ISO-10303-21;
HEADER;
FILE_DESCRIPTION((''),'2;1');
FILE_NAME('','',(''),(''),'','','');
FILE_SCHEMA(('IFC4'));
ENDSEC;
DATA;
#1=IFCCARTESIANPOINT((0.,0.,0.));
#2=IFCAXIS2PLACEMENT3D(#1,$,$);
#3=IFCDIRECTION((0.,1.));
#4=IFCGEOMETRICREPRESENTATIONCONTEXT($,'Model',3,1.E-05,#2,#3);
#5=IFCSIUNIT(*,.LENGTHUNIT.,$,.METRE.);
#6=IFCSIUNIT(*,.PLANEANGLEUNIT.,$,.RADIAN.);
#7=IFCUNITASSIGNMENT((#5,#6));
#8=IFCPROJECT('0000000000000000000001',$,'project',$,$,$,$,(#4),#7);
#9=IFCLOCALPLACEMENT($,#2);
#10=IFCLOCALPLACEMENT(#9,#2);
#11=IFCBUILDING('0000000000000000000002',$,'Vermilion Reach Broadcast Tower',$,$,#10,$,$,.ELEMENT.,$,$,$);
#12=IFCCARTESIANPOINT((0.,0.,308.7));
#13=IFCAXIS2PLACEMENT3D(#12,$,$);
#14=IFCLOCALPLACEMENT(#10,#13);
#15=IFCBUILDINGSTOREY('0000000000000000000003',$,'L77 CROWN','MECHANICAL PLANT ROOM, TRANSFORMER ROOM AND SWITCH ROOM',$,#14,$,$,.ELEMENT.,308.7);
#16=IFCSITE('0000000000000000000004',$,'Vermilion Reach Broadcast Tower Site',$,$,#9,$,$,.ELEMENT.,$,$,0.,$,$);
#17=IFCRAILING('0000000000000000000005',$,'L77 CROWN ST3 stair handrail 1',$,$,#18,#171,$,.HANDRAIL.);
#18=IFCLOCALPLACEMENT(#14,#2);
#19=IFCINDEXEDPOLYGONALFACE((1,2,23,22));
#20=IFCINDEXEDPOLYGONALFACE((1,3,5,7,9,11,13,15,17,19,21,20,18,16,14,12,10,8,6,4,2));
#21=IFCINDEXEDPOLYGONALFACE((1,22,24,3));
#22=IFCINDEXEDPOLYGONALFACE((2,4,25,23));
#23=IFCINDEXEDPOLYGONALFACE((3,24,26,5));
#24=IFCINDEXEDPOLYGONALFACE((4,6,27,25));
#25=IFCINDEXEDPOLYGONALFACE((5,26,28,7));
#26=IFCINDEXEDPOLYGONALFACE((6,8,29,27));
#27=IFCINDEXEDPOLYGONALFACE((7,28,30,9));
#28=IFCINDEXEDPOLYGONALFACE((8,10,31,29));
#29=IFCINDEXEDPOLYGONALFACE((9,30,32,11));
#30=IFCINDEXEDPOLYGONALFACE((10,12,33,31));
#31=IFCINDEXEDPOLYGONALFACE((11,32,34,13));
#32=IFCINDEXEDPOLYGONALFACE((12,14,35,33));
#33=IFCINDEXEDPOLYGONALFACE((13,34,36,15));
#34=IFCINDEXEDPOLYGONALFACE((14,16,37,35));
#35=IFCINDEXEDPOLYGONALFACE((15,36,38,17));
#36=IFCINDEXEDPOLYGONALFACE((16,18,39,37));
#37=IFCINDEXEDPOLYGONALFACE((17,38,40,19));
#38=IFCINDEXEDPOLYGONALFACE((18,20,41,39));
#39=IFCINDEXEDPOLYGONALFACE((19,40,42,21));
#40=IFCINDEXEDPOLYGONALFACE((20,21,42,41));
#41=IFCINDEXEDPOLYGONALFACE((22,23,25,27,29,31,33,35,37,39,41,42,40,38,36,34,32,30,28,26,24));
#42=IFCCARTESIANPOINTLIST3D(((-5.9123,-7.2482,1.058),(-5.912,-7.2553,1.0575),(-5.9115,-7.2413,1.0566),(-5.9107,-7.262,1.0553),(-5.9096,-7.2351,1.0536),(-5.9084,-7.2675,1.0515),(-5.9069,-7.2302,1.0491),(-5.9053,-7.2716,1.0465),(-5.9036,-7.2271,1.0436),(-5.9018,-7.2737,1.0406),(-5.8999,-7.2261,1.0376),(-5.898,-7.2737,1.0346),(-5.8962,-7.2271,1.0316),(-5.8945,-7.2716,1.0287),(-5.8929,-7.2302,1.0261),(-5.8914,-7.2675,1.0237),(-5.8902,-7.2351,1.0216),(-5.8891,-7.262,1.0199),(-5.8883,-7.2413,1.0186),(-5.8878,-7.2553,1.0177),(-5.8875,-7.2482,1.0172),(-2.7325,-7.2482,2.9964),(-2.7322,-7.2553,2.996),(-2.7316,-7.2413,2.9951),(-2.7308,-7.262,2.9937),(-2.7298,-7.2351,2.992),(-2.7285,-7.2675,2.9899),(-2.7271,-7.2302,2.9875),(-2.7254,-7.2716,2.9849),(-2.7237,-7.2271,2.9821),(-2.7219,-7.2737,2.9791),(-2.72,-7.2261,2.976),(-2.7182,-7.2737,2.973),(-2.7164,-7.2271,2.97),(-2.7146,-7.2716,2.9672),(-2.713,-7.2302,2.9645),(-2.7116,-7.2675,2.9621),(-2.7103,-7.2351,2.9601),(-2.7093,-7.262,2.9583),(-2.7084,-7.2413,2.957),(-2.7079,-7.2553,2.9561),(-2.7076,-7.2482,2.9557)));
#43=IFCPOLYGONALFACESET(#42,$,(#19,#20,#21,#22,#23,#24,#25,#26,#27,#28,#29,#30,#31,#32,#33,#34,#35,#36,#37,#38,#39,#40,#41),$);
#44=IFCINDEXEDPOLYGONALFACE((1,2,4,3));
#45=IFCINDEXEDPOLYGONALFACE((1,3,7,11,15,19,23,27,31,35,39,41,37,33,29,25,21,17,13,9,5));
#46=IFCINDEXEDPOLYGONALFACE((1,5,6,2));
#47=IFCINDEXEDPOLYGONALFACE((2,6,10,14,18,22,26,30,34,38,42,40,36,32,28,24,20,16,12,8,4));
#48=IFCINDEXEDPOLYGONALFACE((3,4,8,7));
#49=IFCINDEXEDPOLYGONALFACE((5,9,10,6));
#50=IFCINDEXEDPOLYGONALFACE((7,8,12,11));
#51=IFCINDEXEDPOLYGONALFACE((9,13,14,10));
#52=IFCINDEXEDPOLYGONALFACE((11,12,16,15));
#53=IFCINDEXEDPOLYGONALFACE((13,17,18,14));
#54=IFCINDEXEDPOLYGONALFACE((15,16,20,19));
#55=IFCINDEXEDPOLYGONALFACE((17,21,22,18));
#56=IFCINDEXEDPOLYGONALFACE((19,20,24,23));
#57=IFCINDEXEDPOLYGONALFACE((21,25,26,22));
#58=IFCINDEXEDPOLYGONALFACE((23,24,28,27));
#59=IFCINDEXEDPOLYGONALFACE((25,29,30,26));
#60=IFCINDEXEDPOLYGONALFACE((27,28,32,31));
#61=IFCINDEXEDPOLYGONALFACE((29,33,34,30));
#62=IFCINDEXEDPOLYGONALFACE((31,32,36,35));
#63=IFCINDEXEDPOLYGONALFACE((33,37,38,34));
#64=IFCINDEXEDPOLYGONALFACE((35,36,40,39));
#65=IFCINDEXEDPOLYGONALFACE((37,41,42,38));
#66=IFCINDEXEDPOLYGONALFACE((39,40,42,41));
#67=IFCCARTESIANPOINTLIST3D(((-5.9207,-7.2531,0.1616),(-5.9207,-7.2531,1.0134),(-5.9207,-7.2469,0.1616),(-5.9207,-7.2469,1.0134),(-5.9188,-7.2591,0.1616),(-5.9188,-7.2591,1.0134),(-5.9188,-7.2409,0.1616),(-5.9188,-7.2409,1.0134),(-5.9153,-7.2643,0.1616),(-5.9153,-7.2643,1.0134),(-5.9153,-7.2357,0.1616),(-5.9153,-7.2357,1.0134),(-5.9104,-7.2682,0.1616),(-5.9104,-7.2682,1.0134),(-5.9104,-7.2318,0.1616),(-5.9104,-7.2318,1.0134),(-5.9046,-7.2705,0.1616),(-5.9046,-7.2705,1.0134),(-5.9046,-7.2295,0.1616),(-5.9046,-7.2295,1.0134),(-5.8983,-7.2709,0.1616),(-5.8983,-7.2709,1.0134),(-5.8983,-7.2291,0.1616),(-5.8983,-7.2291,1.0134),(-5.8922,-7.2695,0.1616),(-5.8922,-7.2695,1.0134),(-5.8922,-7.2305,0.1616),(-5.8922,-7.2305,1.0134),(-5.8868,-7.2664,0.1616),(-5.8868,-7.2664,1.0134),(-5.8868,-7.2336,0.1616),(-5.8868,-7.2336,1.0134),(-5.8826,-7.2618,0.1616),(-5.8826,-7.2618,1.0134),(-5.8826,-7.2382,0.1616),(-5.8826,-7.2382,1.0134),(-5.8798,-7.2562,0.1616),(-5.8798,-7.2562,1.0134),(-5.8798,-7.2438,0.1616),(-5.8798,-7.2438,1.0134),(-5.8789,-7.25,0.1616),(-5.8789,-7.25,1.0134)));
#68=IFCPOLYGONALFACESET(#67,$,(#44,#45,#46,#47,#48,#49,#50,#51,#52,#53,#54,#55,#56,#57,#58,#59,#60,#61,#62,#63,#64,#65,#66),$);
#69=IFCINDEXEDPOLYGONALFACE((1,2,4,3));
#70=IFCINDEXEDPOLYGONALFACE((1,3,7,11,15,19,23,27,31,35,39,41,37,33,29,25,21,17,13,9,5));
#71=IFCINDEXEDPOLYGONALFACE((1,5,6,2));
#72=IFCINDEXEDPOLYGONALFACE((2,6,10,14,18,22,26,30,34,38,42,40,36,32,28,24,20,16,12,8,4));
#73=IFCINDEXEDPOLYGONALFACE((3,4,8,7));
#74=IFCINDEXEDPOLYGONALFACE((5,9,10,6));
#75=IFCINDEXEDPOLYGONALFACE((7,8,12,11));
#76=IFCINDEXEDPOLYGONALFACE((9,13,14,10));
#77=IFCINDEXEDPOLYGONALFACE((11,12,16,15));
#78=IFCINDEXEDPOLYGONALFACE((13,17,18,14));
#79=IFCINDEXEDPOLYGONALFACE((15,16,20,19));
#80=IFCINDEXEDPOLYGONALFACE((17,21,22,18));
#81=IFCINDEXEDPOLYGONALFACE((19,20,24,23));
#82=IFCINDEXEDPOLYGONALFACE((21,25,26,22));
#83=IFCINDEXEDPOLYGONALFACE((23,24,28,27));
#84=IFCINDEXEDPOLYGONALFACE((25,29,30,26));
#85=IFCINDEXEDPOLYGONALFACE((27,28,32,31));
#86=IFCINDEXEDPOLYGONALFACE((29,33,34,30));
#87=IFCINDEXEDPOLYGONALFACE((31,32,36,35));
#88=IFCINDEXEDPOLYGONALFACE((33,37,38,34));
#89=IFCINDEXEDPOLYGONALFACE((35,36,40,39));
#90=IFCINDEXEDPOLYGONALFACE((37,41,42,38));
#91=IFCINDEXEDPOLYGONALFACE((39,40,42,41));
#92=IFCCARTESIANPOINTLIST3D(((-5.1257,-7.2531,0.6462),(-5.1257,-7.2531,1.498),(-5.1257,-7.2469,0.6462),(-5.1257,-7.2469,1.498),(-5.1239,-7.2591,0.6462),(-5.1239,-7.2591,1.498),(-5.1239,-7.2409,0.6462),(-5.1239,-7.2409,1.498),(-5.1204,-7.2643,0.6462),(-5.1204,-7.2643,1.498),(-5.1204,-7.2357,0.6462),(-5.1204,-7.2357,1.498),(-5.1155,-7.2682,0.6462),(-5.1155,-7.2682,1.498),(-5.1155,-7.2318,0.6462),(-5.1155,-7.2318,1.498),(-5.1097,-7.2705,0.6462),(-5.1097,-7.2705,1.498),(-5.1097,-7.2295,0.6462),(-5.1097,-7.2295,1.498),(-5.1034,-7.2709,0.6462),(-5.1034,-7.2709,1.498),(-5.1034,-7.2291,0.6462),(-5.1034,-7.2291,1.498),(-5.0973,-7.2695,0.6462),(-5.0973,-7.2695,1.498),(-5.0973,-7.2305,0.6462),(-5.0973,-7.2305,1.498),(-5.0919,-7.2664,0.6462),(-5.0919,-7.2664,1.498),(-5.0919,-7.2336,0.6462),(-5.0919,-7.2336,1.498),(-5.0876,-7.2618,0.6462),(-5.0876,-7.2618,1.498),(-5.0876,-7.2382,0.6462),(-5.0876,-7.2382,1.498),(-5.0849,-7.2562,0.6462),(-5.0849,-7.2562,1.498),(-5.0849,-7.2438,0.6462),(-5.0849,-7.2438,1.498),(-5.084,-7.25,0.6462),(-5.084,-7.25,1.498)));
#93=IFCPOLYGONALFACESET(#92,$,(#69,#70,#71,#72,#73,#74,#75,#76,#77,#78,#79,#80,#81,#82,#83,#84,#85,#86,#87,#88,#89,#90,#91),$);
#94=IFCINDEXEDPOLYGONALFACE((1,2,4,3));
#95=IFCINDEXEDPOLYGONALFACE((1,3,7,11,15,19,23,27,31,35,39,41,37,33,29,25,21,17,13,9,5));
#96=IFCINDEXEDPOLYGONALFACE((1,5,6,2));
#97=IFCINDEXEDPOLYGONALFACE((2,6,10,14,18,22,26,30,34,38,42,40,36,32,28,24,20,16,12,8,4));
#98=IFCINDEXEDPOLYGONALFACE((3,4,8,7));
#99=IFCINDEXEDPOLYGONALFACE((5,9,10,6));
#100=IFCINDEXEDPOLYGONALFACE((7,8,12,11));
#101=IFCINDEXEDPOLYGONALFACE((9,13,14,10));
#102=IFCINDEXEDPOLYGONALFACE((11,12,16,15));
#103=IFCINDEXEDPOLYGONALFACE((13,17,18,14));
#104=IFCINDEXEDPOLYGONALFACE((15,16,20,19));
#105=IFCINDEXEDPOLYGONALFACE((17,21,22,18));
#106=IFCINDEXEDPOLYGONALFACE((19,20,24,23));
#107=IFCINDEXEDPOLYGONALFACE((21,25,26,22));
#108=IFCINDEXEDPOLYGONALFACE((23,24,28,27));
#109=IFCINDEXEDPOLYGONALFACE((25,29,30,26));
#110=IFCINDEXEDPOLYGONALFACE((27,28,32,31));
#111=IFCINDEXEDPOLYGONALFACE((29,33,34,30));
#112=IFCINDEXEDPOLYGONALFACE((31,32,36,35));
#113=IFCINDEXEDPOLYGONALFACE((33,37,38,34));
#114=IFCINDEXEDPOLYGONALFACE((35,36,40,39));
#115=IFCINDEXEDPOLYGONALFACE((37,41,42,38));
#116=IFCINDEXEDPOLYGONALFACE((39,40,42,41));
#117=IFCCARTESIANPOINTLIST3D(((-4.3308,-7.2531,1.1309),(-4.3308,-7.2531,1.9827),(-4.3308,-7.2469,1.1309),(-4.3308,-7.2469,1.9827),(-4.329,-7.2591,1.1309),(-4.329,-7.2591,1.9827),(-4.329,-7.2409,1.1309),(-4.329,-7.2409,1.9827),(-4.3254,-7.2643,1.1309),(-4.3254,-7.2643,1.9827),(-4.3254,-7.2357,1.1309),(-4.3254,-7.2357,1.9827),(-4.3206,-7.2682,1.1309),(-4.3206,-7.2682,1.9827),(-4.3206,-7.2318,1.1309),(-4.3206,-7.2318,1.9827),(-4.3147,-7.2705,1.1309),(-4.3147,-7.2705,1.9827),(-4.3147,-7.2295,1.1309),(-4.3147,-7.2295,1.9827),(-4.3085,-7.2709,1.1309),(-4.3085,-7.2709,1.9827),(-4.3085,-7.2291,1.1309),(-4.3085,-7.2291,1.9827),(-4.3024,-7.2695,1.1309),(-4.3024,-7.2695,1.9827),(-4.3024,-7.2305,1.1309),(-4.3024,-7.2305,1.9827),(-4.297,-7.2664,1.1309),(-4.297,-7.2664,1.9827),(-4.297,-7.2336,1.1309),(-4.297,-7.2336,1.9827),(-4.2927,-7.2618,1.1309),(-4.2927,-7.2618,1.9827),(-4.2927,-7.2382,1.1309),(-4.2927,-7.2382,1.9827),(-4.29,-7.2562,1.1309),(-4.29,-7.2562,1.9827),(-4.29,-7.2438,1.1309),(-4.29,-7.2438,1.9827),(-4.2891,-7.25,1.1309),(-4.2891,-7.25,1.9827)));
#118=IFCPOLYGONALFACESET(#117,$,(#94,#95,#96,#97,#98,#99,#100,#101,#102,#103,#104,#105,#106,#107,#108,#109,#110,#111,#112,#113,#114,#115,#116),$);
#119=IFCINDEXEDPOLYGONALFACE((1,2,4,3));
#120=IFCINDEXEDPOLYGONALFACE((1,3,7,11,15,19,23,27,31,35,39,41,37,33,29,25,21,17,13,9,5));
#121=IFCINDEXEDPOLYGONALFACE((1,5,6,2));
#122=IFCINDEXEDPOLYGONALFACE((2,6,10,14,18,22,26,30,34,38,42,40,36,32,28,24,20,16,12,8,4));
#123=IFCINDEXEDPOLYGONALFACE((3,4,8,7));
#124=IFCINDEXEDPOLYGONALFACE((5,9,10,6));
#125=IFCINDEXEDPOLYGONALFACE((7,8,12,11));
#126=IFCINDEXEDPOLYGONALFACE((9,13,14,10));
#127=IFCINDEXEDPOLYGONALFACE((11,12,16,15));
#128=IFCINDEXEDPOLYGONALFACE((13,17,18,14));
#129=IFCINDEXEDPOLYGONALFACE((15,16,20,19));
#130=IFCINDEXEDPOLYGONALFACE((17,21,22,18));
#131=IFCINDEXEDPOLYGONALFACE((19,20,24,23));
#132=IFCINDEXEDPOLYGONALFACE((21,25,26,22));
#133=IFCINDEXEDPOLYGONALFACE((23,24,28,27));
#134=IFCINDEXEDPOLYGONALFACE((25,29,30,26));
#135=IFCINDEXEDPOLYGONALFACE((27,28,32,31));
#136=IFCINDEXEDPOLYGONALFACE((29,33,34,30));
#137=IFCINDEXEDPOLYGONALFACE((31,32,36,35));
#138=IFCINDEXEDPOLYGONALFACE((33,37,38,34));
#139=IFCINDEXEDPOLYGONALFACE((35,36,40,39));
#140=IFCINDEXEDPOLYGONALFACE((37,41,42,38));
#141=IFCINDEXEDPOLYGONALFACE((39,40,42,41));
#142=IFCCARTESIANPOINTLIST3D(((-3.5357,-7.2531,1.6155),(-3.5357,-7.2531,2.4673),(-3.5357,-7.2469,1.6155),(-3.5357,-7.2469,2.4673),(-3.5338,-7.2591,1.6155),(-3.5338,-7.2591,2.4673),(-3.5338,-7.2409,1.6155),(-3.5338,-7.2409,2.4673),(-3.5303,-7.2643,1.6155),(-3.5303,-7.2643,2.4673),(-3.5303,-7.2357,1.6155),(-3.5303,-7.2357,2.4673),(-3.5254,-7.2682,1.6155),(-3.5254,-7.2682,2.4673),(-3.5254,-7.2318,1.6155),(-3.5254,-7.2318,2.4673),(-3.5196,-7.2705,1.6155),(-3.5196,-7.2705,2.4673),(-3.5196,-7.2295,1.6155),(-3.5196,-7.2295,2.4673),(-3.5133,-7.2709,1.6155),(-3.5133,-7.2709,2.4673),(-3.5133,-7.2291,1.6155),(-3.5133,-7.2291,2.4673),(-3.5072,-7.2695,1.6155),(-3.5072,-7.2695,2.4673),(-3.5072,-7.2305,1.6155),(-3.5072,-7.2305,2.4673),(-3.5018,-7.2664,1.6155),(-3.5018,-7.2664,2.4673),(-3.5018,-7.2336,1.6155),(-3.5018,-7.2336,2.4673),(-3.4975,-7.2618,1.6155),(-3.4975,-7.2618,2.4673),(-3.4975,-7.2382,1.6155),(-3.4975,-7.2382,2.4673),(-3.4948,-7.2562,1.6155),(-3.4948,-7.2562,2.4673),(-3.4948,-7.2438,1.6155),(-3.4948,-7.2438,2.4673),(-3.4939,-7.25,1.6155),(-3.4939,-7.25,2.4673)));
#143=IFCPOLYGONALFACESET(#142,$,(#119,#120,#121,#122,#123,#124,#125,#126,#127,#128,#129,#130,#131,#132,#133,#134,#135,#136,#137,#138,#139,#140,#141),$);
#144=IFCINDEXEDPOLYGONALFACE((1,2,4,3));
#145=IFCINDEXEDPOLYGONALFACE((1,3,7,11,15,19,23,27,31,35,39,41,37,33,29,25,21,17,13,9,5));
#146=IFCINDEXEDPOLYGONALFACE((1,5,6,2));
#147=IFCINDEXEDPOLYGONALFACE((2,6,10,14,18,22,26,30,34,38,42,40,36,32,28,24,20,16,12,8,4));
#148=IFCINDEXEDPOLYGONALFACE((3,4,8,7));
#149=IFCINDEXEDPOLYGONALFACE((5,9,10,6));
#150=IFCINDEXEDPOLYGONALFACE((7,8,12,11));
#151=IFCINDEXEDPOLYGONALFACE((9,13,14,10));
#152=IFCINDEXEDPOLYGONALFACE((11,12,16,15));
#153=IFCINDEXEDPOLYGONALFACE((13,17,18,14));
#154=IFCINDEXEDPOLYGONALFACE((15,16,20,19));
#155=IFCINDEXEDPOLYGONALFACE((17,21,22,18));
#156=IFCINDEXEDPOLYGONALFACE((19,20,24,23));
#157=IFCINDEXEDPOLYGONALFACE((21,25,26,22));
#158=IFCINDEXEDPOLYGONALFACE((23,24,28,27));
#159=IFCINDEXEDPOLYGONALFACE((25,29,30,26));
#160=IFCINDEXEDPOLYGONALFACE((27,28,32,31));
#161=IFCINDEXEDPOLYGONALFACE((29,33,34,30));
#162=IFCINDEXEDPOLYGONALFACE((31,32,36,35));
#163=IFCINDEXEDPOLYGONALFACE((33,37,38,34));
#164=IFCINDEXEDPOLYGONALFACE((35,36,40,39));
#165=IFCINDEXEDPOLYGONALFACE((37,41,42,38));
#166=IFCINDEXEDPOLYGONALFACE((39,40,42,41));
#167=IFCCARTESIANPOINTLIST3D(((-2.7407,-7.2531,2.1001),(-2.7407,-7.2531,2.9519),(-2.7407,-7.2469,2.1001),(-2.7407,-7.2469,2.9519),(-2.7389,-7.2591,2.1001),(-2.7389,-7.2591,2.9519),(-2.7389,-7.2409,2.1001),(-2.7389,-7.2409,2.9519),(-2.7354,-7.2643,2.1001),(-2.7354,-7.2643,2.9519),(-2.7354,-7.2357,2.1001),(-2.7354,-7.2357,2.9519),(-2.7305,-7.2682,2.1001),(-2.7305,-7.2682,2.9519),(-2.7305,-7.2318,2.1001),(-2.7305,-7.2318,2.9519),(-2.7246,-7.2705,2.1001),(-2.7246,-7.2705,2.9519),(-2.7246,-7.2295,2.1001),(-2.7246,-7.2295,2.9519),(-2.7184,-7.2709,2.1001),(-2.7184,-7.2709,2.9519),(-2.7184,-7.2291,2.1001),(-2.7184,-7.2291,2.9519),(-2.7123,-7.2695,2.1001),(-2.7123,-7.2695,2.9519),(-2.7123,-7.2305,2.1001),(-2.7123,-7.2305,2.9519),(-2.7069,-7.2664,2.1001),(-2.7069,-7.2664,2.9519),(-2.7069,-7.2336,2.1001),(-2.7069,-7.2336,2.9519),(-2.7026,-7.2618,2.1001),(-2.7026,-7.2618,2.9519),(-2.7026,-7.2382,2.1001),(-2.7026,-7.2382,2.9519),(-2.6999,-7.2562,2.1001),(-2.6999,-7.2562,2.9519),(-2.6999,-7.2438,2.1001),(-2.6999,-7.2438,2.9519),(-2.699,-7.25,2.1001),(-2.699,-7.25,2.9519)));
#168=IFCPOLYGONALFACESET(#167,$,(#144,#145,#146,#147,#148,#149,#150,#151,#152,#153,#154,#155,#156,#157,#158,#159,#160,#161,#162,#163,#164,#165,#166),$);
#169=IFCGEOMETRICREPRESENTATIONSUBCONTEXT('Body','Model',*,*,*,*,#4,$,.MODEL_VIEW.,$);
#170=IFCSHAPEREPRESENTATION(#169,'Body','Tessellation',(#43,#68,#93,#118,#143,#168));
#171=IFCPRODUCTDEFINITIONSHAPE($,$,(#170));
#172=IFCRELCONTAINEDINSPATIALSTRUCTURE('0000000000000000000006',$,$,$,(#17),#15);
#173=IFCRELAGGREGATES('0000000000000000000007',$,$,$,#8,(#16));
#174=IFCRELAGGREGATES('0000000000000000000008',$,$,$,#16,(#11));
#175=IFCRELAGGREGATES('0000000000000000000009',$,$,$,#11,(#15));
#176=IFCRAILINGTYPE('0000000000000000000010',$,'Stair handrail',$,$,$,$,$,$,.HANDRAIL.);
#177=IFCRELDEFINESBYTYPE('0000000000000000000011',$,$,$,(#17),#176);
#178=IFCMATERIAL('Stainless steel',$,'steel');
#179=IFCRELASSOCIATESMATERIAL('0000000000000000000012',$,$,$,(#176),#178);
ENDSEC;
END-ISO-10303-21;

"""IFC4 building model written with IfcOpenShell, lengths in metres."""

from ifc_helpers import new_model, si_unit, direction, frame, origin, origin_2d, place, context, subcontext, project, spatial, circle, extrude, material, type_object, element, save


model = new_model("IFC4")

# Units and contexts
model_context = context("Model", 3, precision=1e-05, world=origin(), true_north=direction((0.0, 1.0)))
body_context = subcontext(model_context, "Body", "Model", "MODEL_VIEW")
ifc_project = project(units=[si_unit("LENGTHUNIT", "METRE"), si_unit("PLANEANGLEUNIT", "RADIAN")], contexts=[model_context])

# Site, building, storey
site_placement = place(None, origin())
site = spatial("IfcSite", under=ifc_project, at=site_placement, Name="Vermilion Reach Broadcast Tower Site", CompositionType="ELEMENT", RefElevation=0.0)
building_placement = place(site_placement, origin())
building = spatial("IfcBuilding", under=site, at=building_placement, Name="Vermilion Reach Broadcast Tower", CompositionType="ELEMENT")
storey_placement = place(building_placement, frame((0.0, 0.0, 308.7)))
storey = spatial("IfcBuildingStorey", under=building, at=storey_placement, Name="L77 CROWN", Description="MECHANICAL PLANT ROOM, TRANSFORMER ROOM AND SWITCH ROOM", CompositionType="ELEMENT", Elevation=308.7)

# Railing
ifc_material_1 = material(Name="Stainless steel", Category="steel")
railing_type_1 = type_object("IfcRailingType", Name="Stair handrail", PredefinedType="HANDRAIL", material=ifc_material_1)
railing_1_placement = place(storey_placement, frame((-5.8999, -7.25, 0.1616)))
element("IfcRailing", 1, at=railing_1_placement, inside=storey, type_object=railing_type_1, Name="L77 CROWN ST3 stair handrail 1", PredefinedType="HANDRAIL", context=body_context, shape_type="SweptSolid", body=[
    extrude(circle(Radius=0.0239, at=origin_2d()), frame((0.0, 0.0, 0.876), z_axis=(0.853857, 0.0, 0.520508), x_axis=(0.0, 1.0, 0.0)), (0.0, 0.0, 1.0), 3.7241),
    extrude(circle(Radius=0.021, at=origin_2d()), origin(), (0.0, 0.0, 1.0), 0.8518),
    extrude(circle(Radius=0.021, at=origin_2d()), frame((0.7949, 0.0, 0.4846)), (0.0, 0.0, 1.0), 0.8518),
    extrude(circle(Radius=0.021, at=origin_2d()), frame((1.5898, 0.0, 0.9692)), (0.0, 0.0, 1.0), 0.8518),
    extrude(circle(Radius=0.021, at=origin_2d()), frame((2.385, 0.0, 1.4539)), (0.0, 0.0, 1.0), 0.8518),
    extrude(circle(Radius=0.021, at=origin_2d()), frame((3.1799, 0.0, 1.9385)), (0.0, 0.0, 1.0), 0.8518),
])

save(model, "model.ifc")
